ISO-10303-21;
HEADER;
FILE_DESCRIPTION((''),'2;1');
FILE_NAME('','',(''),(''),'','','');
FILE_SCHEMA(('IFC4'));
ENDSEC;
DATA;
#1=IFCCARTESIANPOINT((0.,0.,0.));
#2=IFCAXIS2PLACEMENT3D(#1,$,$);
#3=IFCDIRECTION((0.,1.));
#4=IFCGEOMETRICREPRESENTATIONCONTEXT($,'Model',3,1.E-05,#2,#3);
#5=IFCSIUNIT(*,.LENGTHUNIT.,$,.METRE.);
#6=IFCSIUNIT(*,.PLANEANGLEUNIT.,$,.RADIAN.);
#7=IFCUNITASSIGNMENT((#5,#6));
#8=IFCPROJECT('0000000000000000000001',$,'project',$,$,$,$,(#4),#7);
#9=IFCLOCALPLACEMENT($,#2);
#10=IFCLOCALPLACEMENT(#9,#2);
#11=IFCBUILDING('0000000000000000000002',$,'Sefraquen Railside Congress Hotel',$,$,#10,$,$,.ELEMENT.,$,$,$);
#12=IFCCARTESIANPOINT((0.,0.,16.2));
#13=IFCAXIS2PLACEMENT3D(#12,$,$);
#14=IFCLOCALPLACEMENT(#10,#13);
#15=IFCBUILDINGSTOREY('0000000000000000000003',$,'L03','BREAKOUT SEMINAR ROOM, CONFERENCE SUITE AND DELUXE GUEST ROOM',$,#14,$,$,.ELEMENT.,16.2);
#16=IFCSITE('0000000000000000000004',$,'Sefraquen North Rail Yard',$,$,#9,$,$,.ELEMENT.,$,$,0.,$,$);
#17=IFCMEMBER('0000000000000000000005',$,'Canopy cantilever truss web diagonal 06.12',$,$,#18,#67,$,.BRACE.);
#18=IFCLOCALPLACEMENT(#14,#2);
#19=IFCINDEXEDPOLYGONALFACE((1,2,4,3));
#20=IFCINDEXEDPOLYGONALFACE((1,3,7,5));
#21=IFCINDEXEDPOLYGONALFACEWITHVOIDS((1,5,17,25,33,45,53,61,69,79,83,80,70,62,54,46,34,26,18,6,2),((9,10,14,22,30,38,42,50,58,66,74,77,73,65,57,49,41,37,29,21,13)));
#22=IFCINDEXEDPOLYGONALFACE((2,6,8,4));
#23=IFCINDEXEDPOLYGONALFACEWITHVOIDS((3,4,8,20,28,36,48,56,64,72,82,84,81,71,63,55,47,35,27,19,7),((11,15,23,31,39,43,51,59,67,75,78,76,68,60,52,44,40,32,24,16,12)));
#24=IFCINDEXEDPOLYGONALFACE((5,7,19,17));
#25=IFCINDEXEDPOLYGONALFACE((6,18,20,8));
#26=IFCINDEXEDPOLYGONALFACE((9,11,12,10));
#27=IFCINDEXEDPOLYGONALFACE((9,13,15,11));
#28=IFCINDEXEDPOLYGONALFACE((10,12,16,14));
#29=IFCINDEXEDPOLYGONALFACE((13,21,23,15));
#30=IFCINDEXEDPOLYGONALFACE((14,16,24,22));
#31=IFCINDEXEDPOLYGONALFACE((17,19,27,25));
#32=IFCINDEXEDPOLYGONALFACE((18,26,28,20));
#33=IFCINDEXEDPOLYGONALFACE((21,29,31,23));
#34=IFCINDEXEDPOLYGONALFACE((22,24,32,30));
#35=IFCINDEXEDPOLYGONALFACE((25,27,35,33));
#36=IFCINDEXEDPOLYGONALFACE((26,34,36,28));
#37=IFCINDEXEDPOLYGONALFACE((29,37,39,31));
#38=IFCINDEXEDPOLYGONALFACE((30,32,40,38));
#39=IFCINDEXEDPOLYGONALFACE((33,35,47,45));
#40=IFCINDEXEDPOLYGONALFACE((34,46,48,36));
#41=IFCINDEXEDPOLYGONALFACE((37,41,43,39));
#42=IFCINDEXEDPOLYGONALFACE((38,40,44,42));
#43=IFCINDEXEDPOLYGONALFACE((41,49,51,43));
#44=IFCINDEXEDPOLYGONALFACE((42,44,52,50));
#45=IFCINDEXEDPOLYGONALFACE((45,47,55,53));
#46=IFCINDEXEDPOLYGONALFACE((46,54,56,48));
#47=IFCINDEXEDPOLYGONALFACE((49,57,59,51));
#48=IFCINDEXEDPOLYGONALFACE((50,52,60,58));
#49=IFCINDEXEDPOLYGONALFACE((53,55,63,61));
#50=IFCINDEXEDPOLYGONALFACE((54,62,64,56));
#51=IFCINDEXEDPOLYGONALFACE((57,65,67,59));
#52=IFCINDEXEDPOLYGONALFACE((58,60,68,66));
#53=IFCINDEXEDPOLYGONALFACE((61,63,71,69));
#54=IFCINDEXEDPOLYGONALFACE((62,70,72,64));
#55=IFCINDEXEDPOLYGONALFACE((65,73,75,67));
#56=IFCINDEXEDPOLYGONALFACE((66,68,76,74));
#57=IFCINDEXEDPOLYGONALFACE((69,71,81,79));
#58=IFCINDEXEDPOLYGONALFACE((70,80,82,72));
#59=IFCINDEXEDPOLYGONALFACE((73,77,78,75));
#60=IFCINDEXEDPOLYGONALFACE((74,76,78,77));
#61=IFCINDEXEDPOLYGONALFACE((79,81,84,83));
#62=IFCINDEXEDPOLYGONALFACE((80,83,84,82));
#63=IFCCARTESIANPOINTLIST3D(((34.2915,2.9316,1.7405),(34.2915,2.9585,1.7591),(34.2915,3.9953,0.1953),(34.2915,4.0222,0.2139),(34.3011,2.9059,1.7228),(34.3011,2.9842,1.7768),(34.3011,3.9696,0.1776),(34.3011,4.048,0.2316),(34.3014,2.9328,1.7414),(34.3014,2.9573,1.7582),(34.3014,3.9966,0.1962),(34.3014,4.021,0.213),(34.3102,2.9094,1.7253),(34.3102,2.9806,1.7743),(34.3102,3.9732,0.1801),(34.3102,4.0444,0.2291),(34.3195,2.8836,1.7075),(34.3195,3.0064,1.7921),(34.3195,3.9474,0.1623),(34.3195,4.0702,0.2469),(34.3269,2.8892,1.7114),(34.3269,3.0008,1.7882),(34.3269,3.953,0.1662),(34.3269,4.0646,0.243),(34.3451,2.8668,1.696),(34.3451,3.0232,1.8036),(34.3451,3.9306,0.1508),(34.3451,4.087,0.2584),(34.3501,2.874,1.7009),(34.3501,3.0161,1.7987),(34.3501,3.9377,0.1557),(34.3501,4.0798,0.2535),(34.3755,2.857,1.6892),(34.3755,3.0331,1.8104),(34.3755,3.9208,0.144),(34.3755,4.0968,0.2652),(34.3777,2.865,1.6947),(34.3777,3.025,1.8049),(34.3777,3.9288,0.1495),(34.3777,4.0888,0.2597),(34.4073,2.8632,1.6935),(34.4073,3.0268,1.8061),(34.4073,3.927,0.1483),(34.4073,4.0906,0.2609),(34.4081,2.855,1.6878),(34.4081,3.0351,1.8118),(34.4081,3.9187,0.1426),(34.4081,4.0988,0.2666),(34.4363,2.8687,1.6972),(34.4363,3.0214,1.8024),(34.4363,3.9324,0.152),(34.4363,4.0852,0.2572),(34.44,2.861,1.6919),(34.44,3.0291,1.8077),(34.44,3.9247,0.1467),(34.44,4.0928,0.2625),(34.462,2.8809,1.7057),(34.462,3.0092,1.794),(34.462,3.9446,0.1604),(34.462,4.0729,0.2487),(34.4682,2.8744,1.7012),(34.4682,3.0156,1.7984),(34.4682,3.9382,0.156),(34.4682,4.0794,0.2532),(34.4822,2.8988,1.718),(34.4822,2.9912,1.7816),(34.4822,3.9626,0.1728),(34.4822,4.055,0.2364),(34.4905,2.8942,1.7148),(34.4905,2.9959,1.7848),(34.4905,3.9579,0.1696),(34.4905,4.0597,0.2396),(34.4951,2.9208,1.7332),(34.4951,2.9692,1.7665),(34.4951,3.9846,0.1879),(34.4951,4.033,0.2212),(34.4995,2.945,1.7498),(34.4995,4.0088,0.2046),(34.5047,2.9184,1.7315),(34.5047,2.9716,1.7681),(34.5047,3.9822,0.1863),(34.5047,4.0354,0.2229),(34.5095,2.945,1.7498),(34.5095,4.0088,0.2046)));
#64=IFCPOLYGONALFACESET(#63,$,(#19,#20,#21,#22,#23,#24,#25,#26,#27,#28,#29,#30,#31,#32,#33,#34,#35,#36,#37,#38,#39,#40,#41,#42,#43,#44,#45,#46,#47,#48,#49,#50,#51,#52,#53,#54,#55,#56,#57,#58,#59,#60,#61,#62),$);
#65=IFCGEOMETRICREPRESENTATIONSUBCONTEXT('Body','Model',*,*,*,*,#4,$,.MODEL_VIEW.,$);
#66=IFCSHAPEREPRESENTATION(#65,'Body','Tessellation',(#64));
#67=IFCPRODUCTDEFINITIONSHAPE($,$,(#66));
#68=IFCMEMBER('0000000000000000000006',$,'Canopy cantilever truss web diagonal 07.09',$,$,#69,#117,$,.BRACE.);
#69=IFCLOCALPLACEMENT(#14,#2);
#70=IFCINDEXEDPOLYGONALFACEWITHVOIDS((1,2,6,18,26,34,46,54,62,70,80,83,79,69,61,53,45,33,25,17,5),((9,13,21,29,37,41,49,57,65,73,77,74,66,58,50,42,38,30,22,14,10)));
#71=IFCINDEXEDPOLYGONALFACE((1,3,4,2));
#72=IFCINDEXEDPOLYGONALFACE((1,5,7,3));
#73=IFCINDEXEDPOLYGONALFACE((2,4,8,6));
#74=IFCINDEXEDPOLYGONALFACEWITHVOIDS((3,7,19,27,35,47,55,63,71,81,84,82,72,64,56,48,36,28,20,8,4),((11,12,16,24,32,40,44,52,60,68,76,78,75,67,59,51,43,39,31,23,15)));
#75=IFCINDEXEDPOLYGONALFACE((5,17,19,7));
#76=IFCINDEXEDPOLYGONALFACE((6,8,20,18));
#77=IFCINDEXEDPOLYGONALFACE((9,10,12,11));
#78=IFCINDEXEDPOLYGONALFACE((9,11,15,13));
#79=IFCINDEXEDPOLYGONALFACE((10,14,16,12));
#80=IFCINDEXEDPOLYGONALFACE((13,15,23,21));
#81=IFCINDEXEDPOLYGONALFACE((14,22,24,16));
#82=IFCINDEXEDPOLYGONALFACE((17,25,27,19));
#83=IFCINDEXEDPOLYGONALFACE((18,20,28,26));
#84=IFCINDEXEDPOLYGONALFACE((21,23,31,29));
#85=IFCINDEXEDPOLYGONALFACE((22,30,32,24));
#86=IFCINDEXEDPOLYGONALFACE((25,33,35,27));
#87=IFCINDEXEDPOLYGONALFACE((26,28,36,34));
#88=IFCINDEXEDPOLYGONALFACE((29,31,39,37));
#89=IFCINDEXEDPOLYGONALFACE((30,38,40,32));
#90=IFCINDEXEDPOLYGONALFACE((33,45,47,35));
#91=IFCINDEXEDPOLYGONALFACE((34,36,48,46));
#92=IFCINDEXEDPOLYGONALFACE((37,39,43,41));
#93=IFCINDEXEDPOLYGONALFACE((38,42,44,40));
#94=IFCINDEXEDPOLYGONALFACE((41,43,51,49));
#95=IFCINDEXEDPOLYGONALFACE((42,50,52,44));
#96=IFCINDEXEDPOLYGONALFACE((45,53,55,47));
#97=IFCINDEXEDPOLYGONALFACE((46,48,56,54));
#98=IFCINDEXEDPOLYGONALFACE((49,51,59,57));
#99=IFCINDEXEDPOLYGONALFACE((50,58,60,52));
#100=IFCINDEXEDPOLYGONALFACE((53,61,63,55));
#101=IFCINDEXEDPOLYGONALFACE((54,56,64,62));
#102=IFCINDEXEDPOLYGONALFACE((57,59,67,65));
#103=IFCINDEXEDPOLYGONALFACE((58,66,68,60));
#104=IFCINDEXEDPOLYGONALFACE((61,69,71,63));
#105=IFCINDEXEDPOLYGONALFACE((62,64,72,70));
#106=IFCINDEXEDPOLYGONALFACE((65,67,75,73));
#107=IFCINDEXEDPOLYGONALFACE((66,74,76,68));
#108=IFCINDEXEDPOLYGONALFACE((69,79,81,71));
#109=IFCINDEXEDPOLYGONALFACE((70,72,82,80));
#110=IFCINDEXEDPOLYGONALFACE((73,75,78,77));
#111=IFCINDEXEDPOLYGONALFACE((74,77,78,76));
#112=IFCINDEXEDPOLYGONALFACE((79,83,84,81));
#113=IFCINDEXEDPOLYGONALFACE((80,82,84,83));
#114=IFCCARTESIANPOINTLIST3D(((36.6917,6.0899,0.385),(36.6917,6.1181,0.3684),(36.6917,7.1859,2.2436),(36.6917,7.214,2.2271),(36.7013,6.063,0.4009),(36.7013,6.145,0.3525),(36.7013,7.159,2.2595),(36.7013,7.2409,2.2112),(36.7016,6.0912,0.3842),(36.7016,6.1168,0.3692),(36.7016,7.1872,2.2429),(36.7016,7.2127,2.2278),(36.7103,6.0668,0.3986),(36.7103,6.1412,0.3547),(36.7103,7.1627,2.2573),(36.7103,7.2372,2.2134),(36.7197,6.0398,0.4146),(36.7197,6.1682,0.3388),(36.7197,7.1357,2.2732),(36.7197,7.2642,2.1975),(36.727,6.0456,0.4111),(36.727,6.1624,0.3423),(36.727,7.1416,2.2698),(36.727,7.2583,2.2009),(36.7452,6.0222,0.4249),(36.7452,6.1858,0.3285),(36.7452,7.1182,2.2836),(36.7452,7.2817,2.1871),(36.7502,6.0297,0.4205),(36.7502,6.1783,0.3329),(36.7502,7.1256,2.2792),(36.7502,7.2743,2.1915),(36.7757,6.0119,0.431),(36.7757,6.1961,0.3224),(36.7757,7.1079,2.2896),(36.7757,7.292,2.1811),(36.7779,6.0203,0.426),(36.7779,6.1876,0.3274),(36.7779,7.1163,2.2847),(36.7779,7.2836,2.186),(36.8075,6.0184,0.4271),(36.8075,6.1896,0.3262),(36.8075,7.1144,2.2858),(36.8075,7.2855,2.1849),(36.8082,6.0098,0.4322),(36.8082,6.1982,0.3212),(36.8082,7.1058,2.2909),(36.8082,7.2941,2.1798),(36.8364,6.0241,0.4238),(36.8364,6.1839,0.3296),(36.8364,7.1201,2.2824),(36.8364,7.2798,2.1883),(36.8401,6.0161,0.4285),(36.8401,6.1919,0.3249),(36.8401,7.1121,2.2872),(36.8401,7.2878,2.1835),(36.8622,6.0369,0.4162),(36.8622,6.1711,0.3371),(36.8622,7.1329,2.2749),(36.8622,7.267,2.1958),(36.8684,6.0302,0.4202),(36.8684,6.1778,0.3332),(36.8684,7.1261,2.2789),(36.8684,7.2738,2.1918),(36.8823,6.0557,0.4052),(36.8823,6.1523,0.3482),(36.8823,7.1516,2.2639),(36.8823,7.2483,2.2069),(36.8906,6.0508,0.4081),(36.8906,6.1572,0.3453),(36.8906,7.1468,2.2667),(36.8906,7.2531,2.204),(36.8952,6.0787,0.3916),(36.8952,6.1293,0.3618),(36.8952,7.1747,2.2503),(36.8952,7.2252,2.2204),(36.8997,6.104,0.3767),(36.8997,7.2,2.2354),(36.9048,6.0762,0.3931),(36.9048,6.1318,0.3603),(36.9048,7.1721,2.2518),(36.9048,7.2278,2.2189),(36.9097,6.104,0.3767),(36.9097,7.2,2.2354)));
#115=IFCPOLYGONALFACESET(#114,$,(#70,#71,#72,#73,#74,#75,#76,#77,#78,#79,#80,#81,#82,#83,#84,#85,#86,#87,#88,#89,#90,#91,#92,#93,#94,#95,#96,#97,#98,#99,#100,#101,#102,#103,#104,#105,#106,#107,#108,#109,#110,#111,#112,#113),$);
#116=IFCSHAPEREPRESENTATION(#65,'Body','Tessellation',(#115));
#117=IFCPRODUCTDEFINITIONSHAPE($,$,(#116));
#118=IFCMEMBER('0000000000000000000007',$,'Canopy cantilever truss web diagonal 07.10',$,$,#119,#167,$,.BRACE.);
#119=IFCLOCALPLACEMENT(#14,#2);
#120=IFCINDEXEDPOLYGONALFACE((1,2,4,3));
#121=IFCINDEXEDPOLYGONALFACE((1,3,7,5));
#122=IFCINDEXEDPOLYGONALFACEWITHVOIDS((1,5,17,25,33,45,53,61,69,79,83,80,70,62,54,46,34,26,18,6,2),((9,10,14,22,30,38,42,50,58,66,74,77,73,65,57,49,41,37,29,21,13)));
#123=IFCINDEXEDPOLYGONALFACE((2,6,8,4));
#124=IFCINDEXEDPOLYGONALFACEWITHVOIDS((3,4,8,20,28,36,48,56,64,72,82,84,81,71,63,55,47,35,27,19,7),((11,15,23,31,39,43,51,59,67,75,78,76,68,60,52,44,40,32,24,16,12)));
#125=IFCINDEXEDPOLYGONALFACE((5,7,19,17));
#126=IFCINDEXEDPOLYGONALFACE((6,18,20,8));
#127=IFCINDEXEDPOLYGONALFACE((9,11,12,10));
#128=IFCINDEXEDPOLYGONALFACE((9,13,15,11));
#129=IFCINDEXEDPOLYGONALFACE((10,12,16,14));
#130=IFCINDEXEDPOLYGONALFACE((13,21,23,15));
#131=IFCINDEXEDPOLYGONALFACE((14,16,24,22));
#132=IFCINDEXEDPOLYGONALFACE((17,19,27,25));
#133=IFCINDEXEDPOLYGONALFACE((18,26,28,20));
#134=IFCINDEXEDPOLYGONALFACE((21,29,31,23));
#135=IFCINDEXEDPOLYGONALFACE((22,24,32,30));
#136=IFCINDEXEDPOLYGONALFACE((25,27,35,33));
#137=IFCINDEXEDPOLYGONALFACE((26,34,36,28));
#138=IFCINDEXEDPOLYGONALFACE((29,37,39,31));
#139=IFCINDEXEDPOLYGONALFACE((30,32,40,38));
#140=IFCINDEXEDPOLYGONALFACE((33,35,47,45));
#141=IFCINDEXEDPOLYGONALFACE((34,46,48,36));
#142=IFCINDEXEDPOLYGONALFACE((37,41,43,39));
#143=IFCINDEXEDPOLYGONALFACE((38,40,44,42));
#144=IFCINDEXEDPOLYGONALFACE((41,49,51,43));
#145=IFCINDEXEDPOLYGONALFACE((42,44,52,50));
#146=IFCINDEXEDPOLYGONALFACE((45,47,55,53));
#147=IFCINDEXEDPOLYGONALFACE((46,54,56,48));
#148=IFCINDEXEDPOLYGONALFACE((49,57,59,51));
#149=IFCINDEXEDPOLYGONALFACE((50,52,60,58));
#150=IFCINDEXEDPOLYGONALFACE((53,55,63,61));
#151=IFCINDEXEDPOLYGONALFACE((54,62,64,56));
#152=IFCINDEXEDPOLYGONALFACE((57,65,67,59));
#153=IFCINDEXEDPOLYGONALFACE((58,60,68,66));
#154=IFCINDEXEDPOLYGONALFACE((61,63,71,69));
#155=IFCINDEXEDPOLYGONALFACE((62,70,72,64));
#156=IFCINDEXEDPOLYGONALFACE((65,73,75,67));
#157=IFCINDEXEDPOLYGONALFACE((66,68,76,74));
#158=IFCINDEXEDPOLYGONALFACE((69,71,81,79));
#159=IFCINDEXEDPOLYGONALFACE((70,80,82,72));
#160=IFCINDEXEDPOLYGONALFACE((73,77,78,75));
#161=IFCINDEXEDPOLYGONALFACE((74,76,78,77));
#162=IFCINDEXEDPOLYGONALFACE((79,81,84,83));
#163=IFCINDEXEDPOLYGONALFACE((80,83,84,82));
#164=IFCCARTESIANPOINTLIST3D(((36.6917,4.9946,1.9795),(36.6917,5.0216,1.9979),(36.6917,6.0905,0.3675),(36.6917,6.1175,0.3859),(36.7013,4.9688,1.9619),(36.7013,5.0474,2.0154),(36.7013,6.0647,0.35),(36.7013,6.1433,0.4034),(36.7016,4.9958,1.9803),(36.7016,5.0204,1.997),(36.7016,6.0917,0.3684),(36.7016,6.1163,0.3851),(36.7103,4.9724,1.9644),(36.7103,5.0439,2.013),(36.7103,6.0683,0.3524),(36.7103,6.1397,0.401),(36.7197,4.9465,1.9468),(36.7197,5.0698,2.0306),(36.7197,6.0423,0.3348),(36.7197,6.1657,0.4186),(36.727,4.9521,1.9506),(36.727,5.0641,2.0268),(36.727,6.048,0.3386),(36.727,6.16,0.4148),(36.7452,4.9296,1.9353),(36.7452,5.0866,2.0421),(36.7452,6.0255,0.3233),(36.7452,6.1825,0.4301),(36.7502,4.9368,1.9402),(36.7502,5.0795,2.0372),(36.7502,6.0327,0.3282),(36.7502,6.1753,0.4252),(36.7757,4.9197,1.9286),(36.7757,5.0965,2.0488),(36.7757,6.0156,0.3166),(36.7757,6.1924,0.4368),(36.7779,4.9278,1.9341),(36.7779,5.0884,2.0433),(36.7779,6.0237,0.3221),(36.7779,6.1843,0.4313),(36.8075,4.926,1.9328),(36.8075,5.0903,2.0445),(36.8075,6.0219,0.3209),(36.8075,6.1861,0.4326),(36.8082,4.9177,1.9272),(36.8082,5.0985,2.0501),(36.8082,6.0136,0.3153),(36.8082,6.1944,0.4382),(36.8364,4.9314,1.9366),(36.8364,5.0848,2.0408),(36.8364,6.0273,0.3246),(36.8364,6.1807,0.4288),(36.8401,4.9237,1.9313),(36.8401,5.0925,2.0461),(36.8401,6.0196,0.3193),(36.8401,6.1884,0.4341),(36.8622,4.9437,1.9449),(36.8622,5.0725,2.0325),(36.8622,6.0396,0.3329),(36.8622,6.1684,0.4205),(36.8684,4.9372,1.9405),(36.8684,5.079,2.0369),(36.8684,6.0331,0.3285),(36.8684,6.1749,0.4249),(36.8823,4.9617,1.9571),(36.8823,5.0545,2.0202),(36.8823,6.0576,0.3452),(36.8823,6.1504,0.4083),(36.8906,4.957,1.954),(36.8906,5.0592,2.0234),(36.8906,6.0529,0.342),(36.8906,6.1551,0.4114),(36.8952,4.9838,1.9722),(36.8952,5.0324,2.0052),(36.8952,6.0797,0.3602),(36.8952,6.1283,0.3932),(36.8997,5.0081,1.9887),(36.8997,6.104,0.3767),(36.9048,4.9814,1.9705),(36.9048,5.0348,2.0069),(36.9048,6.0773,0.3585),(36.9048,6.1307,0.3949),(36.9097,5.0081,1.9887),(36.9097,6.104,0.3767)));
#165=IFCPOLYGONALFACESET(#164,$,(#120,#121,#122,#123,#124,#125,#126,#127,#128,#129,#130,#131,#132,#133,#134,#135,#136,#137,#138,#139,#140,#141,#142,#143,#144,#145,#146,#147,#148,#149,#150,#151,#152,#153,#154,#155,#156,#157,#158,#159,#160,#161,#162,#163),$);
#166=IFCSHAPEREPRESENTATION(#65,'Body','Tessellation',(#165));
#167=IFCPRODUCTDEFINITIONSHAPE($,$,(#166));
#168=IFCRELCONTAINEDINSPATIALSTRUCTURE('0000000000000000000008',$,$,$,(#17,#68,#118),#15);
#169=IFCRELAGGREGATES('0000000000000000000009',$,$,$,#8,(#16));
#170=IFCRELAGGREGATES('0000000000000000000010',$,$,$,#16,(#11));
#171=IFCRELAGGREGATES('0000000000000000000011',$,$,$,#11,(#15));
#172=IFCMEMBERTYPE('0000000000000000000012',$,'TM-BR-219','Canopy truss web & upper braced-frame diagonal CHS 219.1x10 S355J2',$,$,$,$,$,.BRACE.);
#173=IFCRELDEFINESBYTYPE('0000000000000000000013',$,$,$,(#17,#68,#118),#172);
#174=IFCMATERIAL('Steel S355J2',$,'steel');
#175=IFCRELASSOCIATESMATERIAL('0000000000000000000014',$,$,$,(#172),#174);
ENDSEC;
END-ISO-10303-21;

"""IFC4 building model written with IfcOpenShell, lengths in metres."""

from ifc_helpers import new_model, si_unit, direction, frame, origin, origin_2d, place, context, subcontext, project, spatial, hollow_circle, extrude, material, material_profile, profile_set, type_object, element, save


model = new_model("IFC4")

# Units and contexts
model_context = context("Model", 3, precision=1e-05, world=origin(), true_north=direction((0.0, 1.0)))
body_context = subcontext(model_context, "Body", "Model", "MODEL_VIEW")
ifc_project = project(units=[si_unit("LENGTHUNIT", "METRE"), si_unit("PLANEANGLEUNIT", "RADIAN")], contexts=[model_context])

# Site, building, storey
site_placement = place(None, origin())
site = spatial("IfcSite", under=ifc_project, at=site_placement, Name="Sefraquen North Rail Yard", CompositionType="ELEMENT", RefElevation=0.0)
building_placement = place(site_placement, origin())
building = spatial("IfcBuilding", under=site, at=building_placement, Name="Sefraquen Railside Congress Hotel", CompositionType="ELEMENT")
storey_placement = place(building_placement, frame((0.0, 0.0, 16.2)))
storey = spatial("IfcBuildingStorey", under=building, at=storey_placement, Name="L03", Description="BREAKOUT SEMINAR ROOM, CONFERENCE SUITE AND DELUXE GUEST ROOM", CompositionType="ELEMENT", Elevation=16.2)

# Members
ifc_material_1 = material(Name="Steel S355J2", Category="steel")
ifc_material_profile_1 = material_profile(ifc_material_1, hollow_circle(Radius=0.1096, WallThickness=0.01, at=origin_2d()), Name="CHS 219.1x10")
ifc_profile_set_1 = profile_set([ifc_material_profile_1], Name="Steel S355J2")
member_type_1 = type_object("IfcMemberType", Name="TM-BR-219", Description="Canopy truss web & upper braced-frame diagonal CHS 219.1x10 S355J2", PredefinedType="BRACE", material=ifc_profile_set_1)
member_1_placement = place(storey_placement, frame((34.3999, 4.0088, 0.2046), z_axis=(0.0, -0.567042, 0.823689), x_axis=(1.0, 0.0, 0.0)))
element("IfcMember", 1, at=member_1_placement, inside=storey, type_object=member_type_1, Name="Canopy cantilever truss web diagonal 06.12", PredefinedType="BRACE", context=body_context, shape_type="SweptSolid", body=[
    extrude(hollow_circle(Radius=0.1096, WallThickness=0.01, at=origin_2d()), origin(), (0.0, 0.0, 1.0), 1.876),
])
member_2_placement = place(storey_placement, frame((36.8, 7.2, 2.2354), z_axis=(0.0, -0.507925, -0.861401), x_axis=(1.0, 0.0, 0.0)))
element("IfcMember", 2, at=member_2_placement, inside=storey, type_object=member_type_1, Name="Canopy cantilever truss web diagonal 07.09", PredefinedType="BRACE", context=body_context, shape_type="SweptSolid", body=[
    extrude(hollow_circle(Radius=0.1096, WallThickness=0.01, at=origin_2d()), origin(), (0.0, 0.0, 1.0), 2.1577),
])
member_3_placement = place(storey_placement, frame((36.8, 6.104, 0.3767), z_axis=(0.0, -0.562221, 0.826987), x_axis=(1.0, 0.0, 0.0)))
element("IfcMember", 3, at=member_3_placement, inside=storey, type_object=member_type_1, Name="Canopy cantilever truss web diagonal 07.10", PredefinedType="BRACE", context=body_context, shape_type="SweptSolid", body=[
    extrude(hollow_circle(Radius=0.1096, WallThickness=0.01, at=origin_2d()), origin(), (0.0, 0.0, 1.0), 1.9492),
])

save(model, "model.ifc")
